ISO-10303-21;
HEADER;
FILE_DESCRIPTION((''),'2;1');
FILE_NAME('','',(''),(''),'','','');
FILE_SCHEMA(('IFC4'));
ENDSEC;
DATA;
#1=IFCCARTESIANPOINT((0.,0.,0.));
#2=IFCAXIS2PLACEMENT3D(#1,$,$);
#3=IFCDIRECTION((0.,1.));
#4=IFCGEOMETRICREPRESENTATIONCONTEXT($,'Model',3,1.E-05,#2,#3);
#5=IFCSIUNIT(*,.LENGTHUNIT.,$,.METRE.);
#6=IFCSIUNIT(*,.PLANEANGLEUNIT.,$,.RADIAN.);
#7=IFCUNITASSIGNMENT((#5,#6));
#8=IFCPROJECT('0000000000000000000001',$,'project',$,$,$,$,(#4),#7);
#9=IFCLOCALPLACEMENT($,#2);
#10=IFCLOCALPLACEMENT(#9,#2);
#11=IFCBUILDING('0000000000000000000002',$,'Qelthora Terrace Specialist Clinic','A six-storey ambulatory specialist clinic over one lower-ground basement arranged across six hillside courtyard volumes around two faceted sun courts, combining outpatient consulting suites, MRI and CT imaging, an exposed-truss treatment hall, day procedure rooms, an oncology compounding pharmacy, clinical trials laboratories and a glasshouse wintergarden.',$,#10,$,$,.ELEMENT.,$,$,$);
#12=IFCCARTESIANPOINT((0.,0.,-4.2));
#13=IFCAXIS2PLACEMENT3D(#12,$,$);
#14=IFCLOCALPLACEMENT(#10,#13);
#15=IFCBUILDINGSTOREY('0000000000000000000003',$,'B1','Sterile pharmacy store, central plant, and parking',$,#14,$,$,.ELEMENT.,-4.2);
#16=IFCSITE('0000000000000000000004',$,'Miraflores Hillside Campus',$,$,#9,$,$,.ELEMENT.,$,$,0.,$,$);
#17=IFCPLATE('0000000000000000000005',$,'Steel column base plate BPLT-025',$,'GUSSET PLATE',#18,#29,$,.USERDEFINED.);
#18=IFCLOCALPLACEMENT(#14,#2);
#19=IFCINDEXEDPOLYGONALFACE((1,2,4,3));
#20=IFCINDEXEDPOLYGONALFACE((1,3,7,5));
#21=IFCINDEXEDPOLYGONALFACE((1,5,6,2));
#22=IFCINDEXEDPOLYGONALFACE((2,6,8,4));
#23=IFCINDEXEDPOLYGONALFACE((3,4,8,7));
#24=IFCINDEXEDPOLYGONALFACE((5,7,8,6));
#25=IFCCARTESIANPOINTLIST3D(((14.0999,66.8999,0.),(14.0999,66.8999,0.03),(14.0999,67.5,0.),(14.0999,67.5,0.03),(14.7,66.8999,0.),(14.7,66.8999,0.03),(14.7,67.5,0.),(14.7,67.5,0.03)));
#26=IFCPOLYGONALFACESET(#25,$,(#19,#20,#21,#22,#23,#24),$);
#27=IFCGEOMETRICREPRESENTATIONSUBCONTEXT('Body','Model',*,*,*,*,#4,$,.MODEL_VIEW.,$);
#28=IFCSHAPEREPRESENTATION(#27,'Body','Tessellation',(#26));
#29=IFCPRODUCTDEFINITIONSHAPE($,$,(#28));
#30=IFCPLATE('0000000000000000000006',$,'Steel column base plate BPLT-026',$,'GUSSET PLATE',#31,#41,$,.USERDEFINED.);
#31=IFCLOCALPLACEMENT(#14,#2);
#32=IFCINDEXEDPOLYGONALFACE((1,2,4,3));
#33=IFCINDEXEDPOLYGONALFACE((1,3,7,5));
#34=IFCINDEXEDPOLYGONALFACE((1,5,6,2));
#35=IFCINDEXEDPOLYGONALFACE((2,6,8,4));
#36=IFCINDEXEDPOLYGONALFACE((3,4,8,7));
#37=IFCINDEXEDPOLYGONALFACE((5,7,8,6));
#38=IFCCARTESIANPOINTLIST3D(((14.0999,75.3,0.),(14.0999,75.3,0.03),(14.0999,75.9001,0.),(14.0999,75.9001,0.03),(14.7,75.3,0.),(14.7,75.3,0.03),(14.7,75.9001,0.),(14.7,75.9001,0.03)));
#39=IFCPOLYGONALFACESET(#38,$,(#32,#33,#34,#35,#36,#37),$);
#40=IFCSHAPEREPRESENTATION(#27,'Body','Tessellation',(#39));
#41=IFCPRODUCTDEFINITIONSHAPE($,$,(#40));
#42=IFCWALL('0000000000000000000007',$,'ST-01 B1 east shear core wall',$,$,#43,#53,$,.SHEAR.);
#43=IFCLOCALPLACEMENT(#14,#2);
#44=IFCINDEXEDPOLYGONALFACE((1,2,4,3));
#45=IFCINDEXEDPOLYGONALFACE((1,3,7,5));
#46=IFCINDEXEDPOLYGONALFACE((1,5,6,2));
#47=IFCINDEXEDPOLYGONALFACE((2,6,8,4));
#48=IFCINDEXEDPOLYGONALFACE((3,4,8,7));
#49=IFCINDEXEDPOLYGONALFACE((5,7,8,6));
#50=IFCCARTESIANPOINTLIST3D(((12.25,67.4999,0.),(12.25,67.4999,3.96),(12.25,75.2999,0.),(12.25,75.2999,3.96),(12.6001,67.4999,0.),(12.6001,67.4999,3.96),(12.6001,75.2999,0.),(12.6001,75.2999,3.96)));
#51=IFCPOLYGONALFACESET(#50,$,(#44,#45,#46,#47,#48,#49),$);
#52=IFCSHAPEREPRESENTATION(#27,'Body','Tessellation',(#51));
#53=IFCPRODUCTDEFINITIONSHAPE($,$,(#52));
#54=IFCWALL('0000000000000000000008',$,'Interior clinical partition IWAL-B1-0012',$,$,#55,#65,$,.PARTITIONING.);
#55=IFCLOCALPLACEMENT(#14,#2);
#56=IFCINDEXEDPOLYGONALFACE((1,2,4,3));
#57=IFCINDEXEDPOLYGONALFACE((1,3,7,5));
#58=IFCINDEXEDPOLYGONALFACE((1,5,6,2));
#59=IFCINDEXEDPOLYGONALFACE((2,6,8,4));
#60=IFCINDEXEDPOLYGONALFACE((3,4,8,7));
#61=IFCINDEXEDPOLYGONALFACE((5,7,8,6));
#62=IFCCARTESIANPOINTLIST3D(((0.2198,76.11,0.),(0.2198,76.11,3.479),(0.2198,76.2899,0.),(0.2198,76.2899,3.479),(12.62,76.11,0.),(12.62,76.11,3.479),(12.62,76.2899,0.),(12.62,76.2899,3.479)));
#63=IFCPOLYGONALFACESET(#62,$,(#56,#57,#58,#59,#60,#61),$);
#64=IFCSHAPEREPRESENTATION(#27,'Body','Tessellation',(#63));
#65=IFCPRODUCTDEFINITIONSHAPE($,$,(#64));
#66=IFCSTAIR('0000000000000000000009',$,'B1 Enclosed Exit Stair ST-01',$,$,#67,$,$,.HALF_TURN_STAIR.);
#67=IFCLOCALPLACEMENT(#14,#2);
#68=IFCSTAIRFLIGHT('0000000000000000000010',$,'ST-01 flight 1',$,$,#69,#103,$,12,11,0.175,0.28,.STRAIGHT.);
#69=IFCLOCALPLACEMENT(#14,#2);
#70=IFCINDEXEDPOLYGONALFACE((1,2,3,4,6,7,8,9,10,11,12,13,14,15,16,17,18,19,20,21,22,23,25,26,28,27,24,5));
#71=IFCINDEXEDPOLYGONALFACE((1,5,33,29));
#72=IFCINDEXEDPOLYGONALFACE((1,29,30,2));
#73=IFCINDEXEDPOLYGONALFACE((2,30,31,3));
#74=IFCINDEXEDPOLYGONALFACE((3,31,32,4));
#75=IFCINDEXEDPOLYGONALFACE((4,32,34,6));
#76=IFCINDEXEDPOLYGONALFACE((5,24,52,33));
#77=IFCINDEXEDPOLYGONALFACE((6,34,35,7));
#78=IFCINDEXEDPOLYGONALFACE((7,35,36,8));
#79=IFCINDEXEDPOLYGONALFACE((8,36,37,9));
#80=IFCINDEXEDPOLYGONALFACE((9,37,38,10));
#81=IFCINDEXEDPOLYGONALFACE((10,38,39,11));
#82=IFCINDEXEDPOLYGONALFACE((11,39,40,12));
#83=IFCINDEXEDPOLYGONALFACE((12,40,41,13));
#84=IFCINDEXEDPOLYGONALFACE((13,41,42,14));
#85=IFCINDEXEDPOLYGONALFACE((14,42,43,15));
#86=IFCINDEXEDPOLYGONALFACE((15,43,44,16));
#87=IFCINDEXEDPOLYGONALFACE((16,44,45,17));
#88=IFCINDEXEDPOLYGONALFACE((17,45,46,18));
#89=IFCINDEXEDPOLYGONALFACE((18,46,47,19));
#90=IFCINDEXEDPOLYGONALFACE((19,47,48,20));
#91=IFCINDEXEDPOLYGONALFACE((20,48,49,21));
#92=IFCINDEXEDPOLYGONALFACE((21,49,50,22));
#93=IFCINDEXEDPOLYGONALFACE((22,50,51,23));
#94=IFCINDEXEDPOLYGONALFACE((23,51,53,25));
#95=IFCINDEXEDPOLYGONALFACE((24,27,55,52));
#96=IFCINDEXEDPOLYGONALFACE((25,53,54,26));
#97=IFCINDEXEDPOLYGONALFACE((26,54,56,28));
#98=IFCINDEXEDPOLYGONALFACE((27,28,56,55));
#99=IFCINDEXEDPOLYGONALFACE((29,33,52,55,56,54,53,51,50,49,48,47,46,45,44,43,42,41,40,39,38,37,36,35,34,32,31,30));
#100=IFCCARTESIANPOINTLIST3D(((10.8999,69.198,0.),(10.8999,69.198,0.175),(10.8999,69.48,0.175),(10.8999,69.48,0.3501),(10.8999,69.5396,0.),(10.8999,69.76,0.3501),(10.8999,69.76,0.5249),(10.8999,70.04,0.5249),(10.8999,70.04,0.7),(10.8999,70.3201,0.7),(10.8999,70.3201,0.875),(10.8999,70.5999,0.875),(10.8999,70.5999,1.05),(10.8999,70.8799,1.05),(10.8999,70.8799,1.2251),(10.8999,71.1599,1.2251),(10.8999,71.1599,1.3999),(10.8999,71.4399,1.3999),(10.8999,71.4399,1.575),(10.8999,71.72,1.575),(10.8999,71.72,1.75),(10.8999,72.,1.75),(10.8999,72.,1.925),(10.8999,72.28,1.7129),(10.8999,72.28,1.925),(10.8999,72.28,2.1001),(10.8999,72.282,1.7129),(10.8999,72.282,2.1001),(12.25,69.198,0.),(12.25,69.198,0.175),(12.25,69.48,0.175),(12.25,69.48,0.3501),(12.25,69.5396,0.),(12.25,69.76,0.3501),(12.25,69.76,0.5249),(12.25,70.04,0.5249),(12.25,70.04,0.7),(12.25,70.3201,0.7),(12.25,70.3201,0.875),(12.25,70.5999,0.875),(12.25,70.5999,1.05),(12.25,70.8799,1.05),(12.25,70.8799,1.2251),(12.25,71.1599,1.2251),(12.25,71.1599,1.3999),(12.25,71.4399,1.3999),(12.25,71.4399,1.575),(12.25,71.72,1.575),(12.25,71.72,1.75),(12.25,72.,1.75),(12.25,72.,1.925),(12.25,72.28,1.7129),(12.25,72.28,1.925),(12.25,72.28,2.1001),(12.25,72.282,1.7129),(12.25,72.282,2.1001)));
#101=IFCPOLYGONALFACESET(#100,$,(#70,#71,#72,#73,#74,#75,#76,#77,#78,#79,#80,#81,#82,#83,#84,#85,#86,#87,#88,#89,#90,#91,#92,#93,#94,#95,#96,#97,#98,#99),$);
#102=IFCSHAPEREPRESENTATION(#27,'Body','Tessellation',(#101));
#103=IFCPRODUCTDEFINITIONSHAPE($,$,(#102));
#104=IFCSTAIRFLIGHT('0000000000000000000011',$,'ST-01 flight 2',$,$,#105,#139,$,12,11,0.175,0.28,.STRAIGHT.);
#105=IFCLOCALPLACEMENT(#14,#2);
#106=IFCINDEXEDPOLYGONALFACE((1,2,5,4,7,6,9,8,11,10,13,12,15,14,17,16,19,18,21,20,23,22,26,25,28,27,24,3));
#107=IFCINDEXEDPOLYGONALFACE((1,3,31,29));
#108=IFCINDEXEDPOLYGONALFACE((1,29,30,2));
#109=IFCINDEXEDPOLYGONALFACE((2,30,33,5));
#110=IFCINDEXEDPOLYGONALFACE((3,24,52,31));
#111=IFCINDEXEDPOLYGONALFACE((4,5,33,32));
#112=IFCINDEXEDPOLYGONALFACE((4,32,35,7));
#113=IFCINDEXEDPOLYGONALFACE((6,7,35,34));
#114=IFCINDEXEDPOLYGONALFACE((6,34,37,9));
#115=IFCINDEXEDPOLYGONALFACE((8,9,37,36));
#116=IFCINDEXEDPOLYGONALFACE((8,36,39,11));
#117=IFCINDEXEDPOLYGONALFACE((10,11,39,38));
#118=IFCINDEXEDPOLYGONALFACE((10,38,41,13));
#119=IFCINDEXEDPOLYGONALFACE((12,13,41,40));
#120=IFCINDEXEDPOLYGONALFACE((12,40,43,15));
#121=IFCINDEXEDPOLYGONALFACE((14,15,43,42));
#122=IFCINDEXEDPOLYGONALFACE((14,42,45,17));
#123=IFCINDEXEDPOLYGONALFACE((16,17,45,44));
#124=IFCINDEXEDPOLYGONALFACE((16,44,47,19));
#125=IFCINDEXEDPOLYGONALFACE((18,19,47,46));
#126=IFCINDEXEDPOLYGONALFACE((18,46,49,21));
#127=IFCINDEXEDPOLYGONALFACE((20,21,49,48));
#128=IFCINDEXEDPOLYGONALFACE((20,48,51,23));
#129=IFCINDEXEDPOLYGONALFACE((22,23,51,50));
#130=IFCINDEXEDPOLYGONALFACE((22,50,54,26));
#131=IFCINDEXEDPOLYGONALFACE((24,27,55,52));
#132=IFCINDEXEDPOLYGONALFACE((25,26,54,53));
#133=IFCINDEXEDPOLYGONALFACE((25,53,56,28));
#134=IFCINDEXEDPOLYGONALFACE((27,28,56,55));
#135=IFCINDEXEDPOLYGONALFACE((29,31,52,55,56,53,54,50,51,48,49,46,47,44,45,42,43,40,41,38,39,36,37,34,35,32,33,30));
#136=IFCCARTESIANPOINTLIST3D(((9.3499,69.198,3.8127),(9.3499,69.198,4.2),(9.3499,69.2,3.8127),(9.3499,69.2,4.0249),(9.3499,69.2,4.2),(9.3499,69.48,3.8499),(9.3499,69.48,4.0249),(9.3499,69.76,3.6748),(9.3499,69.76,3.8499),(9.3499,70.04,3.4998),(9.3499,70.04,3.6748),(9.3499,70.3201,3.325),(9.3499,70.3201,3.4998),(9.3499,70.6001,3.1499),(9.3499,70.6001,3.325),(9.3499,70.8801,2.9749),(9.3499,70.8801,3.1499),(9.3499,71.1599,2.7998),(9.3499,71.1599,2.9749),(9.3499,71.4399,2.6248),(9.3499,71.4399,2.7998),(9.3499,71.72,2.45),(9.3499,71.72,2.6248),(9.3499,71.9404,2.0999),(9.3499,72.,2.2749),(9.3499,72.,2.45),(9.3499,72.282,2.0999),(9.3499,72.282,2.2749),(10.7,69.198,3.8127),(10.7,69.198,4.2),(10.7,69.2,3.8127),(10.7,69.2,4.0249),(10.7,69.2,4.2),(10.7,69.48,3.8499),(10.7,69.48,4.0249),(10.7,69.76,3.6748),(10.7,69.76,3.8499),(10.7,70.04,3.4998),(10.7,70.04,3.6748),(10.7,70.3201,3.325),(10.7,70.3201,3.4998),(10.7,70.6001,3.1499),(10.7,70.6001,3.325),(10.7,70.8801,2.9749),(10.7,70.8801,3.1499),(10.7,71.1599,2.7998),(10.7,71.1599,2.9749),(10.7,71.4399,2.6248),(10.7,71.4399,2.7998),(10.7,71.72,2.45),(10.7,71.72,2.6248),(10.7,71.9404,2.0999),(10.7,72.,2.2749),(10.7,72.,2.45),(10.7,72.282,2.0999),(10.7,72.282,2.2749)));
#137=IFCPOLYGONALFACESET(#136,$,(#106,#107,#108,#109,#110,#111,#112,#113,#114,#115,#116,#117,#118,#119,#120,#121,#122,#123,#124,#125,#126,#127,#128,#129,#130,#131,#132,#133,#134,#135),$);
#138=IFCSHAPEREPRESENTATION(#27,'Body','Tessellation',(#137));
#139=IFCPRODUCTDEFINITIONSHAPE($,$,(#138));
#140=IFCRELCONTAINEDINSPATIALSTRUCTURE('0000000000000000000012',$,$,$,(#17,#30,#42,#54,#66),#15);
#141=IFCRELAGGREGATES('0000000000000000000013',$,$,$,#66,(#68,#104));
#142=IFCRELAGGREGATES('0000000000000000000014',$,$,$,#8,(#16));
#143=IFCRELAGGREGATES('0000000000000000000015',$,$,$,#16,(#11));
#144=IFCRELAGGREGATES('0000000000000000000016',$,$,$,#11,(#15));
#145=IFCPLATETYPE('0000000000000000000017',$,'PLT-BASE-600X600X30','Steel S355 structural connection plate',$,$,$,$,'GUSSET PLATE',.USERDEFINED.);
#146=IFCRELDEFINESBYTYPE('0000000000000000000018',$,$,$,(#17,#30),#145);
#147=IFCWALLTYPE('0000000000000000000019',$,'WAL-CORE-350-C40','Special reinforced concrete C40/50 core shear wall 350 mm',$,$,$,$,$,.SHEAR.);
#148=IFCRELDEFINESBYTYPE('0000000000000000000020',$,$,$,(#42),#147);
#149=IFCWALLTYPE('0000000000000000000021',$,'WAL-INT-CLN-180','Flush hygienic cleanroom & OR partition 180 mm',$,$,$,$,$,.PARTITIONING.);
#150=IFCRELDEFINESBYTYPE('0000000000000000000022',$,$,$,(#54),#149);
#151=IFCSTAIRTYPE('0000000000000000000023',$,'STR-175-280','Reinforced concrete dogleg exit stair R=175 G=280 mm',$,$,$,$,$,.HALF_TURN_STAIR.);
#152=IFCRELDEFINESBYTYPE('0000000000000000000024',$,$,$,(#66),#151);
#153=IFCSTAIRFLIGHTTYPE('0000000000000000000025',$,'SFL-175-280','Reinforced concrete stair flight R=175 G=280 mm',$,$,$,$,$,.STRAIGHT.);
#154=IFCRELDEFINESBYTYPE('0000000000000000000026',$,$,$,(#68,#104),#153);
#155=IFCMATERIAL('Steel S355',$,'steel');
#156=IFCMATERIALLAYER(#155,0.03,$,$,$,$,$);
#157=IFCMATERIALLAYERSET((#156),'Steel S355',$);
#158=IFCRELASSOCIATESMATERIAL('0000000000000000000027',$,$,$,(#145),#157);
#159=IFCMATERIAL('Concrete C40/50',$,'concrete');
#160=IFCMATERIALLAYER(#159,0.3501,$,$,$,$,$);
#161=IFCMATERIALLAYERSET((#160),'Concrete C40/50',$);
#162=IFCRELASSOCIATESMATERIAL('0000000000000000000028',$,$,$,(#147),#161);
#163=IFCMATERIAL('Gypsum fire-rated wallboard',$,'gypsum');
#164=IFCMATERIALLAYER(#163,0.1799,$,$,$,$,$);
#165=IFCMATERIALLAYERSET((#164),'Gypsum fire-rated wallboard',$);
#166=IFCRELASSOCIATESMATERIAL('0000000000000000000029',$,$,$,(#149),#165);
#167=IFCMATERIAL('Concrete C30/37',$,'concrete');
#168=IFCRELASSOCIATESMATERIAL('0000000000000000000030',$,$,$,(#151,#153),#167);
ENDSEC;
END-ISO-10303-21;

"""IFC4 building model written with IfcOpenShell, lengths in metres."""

from ifc_helpers import new_model, si_unit, direction, frame, frame_2d, origin, origin_2d, place, context, subcontext, project, spatial, polyline, rectangle, outline, extrude, material, layer, layer_set, type_object, element, aggregate, save


model = new_model("IFC4")

# Units and contexts
model_context = context("Model", 3, precision=1e-05, world=origin(), true_north=direction((0.0, 1.0)))
body_context = subcontext(model_context, "Body", "Model", "MODEL_VIEW")
ifc_project = project(units=[si_unit("LENGTHUNIT", "METRE"), si_unit("PLANEANGLEUNIT", "RADIAN")], contexts=[model_context])

# Site, building, storey
site_placement = place(None, origin())
site = spatial("IfcSite", under=ifc_project, at=site_placement, Name="Miraflores Hillside Campus", CompositionType="ELEMENT", RefElevation=0.0)
building_placement = place(site_placement, origin())
building = spatial("IfcBuilding", under=site, at=building_placement, Name="Qelthora Terrace Specialist Clinic", Description="A six-storey ambulatory specialist clinic over one lower-ground basement arranged across six hillside courtyard volumes around two faceted sun courts, combining outpatient consulting suites, MRI and CT imaging, an exposed-truss treatment hall, day procedure rooms, an oncology compounding pharmacy, clinical trials laboratories and a glasshouse wintergarden.", CompositionType="ELEMENT")
storey_placement = place(building_placement, frame((0.0, 0.0, -4.2)))
storey = spatial("IfcBuildingStorey", under=building, at=storey_placement, Name="B1", Description="Sterile pharmacy store, central plant, and parking", CompositionType="ELEMENT", Elevation=-4.2)

# Shared definitions
ifc_material_1 = material(Name="Steel S355", Category="steel")

# Plates
ifc_layer_1 = layer(ifc_material_1, 0.03)
ifc_layer_set_1 = layer_set([ifc_layer_1], Name="Steel S355")
plate_type = type_object("IfcPlateType", Name="PLT-BASE-600X600X30", Description="Steel S355 structural connection plate", ElementType="GUSSET PLATE", PredefinedType="USERDEFINED", material=ifc_layer_set_1)
for number, where, z_axis, x_axis, name in (
    (1, (14.3999, 67.2, 0.0), (0.0, 0.0, 1.0), (1.0, 0.0, 0.0), "Steel column base plate BPLT-025"),
    (2, (14.3999, 75.6001, 0.0), (0.0, 0.0, 1.0), (1.0, 0.0, 0.0), "Steel column base plate BPLT-026"),
):
    element("IfcPlate", number, at=place(storey_placement, frame(where, z_axis=z_axis, x_axis=x_axis)), inside=storey, type_object=plate_type, Name=name, ObjectType="GUSSET PLATE", PredefinedType="USERDEFINED", context=body_context, shape_type="SweptSolid", body=[
        extrude(rectangle(XDim=0.6001, YDim=0.6001, at=origin_2d()), origin(), (0.0, 0.0, 1.0), 0.03),
    ])

# Walls
ifc_material_2 = material(Name="Concrete C40/50", Category="concrete")
ifc_layer_2 = layer(ifc_material_2, 0.3501)
ifc_layer_set_2 = layer_set([ifc_layer_2], Name="Concrete C40/50")
wall_type_1 = type_object("IfcWallType", Name="WAL-CORE-350-C40", Description="Special reinforced concrete C40/50 core shear wall 350 mm", PredefinedType="SHEAR", material=ifc_layer_set_2)
wall_1_placement = place(storey_placement, frame((12.425, 67.5, 0.0), z_axis=(0.0, 0.0, 1.0), x_axis=(0.0, 1.0, 0.0)))
element("IfcWall", 3, at=wall_1_placement, inside=storey, type_object=wall_type_1, Name="ST-01 B1 east shear core wall", PredefinedType="SHEAR", context=body_context, shape_type="SweptSolid", body=[
    extrude(rectangle(XDim=7.8, YDim=0.3501, at=frame_2d((3.8999, 0.0))), origin(), (0.0, 0.0, 1.0), 3.96),
])
ifc_material_3 = material(Name="Gypsum fire-rated wallboard", Category="gypsum")
ifc_layer_3 = layer(ifc_material_3, 0.1799)
ifc_layer_set_3 = layer_set([ifc_layer_3], Name="Gypsum fire-rated wallboard")
wall_type_2 = type_object("IfcWallType", Name="WAL-INT-CLN-180", Description="Flush hygienic cleanroom & OR partition 180 mm", PredefinedType="PARTITIONING", material=ifc_layer_set_3)
wall_2_placement = place(storey_placement, frame((12.6201, 76.2, 0.0), z_axis=(0.0, 0.0, 1.0), x_axis=(-1.0, 0.0, 0.0)))
element("IfcWall", 4, at=wall_2_placement, inside=storey, type_object=wall_type_2, Name="Interior clinical partition IWAL-B1-0012", PredefinedType="PARTITIONING", context=body_context, shape_type="SweptSolid", body=[
    extrude(rectangle(XDim=12.4001, YDim=0.1799, at=frame_2d((6.2002, 0.0))), origin(), (0.0, 0.0, 1.0), 3.479),
])

# Stair, stair flights
ifc_material_4 = material(Name="Concrete C30/37", Category="concrete")
stair_type = type_object("IfcStairType", Name="STR-175-280", Description="Reinforced concrete dogleg exit stair R=175 G=280 mm", PredefinedType="HALF_TURN_STAIR", material=ifc_material_4)
stair_placement = place(storey_placement, origin())
stair = element("IfcStair", 5, at=stair_placement, inside=storey, type_object=stair_type, Name="B1 Enclosed Exit Stair ST-01", PredefinedType="HALF_TURN_STAIR")
stair_flight_type = type_object("IfcStairFlightType", Name="SFL-175-280", Description="Reinforced concrete stair flight R=175 G=280 mm", PredefinedType="STRAIGHT", material=ifc_material_4)
stair_flight_1_placement = place(storey_placement, frame((11.575, 69.2, 0.0), z_axis=(0.0, 0.0, 1.0), x_axis=(0.0, 1.0, 0.0)))
stair_flight_1 = element("IfcStairFlight", 6, at=stair_flight_1_placement, type_object=stair_flight_type, Name="ST-01 flight 1", NumberOfRisers=12, NumberOfTreads=11, PredefinedType="STRAIGHT", RiserHeight=0.175, TreadLength=0.28, context=body_context, shape_type="SweptSolid", body=[
    extrude(outline(polyline([(-0.002, 0.0), (-0.002, 0.175), (0.28, 0.175), (0.28, 0.3501), (0.5601, 0.3501), (0.5601, 0.5249), (0.8401, 0.5249), (0.8401, 0.7), (1.1201, 0.7), (1.1201, 0.875), (1.3999, 0.875), (1.3999, 1.05), (1.6799, 1.05), (1.6799, 1.2251), (1.96, 1.2251), (1.96, 1.3999), (2.24, 1.3999), (2.24, 1.575), (2.52, 1.575), (2.52, 1.75), (2.8, 1.75), (2.8, 1.925), (3.0801, 1.925), (3.0801, 2.1001), (3.082, 2.1001), (3.082, 1.7129), (3.0801, 1.7129), (0.3396, 0.0), (-0.002, 0.0)])), frame((0.0, 0.675, 0.0), z_axis=(0.0, -1.0, 0.0), x_axis=(1.0, 0.0, 0.0)), (0.0, 0.0, 1.0), 1.3501),
])
stair_flight_2_placement = place(storey_placement, frame((10.0249, 72.28, 2.0999), z_axis=(0.0, 0.0, 1.0), x_axis=(0.0, -1.0, 0.0)))
stair_flight_2 = element("IfcStairFlight", 7, at=stair_flight_2_placement, type_object=stair_flight_type, Name="ST-01 flight 2", NumberOfRisers=12, NumberOfTreads=11, PredefinedType="STRAIGHT", RiserHeight=0.175, TreadLength=0.28, context=body_context, shape_type="SweptSolid", body=[
    extrude(outline(polyline([(-0.002, 0.0), (-0.002, 0.175), (0.28, 0.175), (0.28, 0.3501), (0.5601, 0.3501), (0.5601, 0.5249), (0.8401, 0.5249), (0.8401, 0.7), (1.1201, 0.7), (1.1201, 0.875), (1.3999, 0.875), (1.3999, 1.05), (1.6799, 1.05), (1.6799, 1.2251), (1.96, 1.2251), (1.96, 1.3999), (2.24, 1.3999), (2.24, 1.575), (2.52, 1.575), (2.52, 1.75), (2.8, 1.75), (2.8, 1.925), (3.0801, 1.925), (3.0801, 2.1001), (3.082, 2.1001), (3.082, 1.7129), (3.0801, 1.7129), (0.3396, 0.0), (-0.002, 0.0)])), frame((0.0, 0.675, 0.0), z_axis=(0.0, -1.0, 0.0), x_axis=(1.0, 0.0, 0.0)), (0.0, 0.0, 1.0), 1.3501),
])
aggregate(stair, [stair_flight_1, stair_flight_2])

save(model, "model.ifc")
